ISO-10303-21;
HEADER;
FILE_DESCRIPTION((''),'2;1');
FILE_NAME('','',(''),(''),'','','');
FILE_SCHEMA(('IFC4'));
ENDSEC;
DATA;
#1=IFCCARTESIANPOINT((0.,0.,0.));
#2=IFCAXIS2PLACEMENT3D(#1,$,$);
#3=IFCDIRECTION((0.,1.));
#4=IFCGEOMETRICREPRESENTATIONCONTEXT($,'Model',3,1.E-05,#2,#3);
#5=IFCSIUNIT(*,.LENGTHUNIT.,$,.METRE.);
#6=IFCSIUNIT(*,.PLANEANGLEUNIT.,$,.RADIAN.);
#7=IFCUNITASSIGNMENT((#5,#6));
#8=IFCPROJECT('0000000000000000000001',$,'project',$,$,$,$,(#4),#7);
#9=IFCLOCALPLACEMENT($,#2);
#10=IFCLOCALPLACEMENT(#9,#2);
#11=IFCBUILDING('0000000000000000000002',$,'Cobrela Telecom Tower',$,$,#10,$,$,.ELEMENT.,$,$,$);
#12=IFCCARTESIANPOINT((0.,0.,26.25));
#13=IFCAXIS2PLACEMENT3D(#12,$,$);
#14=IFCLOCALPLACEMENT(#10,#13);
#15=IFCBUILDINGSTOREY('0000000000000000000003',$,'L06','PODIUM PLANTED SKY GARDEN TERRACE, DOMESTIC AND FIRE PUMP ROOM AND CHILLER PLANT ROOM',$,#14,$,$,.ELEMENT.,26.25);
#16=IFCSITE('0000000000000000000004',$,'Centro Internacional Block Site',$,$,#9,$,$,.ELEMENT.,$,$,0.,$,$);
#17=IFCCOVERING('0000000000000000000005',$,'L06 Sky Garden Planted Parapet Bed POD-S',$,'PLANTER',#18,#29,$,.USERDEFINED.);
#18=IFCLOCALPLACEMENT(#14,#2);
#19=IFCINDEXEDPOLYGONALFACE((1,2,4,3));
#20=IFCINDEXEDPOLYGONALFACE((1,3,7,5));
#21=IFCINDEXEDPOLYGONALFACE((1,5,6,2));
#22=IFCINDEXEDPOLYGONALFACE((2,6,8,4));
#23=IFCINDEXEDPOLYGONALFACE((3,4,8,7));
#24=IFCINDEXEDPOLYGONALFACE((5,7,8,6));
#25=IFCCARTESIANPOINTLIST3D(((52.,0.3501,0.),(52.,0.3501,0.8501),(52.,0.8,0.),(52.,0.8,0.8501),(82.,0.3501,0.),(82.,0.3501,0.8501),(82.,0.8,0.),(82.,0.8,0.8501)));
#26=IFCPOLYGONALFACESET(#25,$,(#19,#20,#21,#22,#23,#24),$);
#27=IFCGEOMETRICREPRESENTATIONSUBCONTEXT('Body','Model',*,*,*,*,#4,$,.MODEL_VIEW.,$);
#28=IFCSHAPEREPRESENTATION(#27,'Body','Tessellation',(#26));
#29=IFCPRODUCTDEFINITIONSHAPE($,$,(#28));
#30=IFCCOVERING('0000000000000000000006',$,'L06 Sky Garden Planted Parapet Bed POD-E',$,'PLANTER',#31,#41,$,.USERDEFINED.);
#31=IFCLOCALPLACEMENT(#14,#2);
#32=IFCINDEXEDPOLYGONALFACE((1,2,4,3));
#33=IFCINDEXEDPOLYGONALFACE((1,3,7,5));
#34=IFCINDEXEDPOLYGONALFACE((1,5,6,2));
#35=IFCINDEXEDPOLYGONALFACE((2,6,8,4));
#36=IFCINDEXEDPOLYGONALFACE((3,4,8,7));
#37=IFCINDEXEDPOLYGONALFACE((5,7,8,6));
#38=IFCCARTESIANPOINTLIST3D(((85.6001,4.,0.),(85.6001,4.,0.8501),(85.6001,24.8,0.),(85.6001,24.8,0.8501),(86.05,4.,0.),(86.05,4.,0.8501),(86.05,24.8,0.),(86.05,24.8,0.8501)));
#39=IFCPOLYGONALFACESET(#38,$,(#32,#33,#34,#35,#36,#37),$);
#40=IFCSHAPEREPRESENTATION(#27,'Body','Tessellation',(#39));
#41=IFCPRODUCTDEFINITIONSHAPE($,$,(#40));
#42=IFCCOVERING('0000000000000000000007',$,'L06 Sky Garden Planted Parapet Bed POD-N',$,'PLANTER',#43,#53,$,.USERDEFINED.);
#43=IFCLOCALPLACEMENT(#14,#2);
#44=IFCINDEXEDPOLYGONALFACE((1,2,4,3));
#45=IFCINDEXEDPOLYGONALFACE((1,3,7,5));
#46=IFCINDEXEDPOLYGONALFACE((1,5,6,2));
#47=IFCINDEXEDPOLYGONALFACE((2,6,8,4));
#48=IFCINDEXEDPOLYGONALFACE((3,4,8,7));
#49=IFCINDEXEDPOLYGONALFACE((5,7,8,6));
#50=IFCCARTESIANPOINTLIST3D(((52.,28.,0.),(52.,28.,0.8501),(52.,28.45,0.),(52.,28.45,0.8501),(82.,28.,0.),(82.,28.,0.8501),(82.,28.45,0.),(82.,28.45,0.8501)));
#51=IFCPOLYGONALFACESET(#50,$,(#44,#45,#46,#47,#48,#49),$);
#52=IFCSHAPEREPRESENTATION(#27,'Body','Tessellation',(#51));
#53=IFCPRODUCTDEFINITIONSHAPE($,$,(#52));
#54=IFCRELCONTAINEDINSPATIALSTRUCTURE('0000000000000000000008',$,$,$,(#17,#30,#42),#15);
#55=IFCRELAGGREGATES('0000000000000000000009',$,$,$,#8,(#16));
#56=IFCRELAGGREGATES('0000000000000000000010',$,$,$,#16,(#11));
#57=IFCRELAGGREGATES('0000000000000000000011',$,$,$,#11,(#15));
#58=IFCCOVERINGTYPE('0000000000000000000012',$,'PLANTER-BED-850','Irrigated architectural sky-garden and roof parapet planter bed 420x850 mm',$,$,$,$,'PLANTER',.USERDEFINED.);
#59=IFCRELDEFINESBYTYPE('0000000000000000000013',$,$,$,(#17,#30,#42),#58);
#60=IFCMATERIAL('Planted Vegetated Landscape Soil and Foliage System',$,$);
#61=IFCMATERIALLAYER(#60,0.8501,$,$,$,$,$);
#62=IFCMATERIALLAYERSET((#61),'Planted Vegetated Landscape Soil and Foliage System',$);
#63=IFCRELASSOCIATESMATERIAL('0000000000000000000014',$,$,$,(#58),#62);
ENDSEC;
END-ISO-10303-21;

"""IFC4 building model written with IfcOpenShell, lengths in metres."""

from ifc_helpers import new_model, si_unit, direction, frame, origin, place, context, subcontext, project, spatial, polyline, outline, extrude, material, layer, layer_set, type_object, element, save


model = new_model("IFC4")

# Units and contexts
model_context = context("Model", 3, precision=1e-05, world=origin(), true_north=direction((0.0, 1.0)))
body_context = subcontext(model_context, "Body", "Model", "MODEL_VIEW")
ifc_project = project(units=[si_unit("LENGTHUNIT", "METRE"), si_unit("PLANEANGLEUNIT", "RADIAN")], contexts=[model_context])

# Site, building, storey
site_placement = place(None, origin())
site = spatial("IfcSite", under=ifc_project, at=site_placement, Name="Centro Internacional Block Site", CompositionType="ELEMENT", RefElevation=0.0)
building_placement = place(site_placement, origin())
building = spatial("IfcBuilding", under=site, at=building_placement, Name="Cobrela Telecom Tower", CompositionType="ELEMENT")
storey_placement = place(building_placement, frame((0.0, 0.0, 26.25)))
storey = spatial("IfcBuildingStorey", under=building, at=storey_placement, Name="L06", Description="PODIUM PLANTED SKY GARDEN TERRACE, DOMESTIC AND FIRE PUMP ROOM AND CHILLER PLANT ROOM", CompositionType="ELEMENT", Elevation=26.25)

# Coverings
ifc_material_1 = material(Name="Planted Vegetated Landscape Soil and Foliage System")
ifc_layer_1 = layer(ifc_material_1, 0.8501)
ifc_layer_set_1 = layer_set([ifc_layer_1], Name="Planted Vegetated Landscape Soil and Foliage System")
covering_type_1 = type_object("IfcCoveringType", Name="PLANTER-BED-850", Description="Irrigated architectural sky-garden and roof parapet planter bed 420x850 mm", ElementType="PLANTER", PredefinedType="USERDEFINED", material=ifc_layer_set_1)
covering_1_placement = place(storey_placement, origin())
element("IfcCovering", 1, at=covering_1_placement, inside=storey, type_object=covering_type_1, Name="L06 Sky Garden Planted Parapet Bed POD-S", ObjectType="PLANTER", PredefinedType="USERDEFINED", context=body_context, shape_type="SweptSolid", body=[
    extrude(outline(polyline([(52.0, 0.3501), (82.0, 0.3501), (82.0, 0.8), (52.0, 0.8), (52.0, 0.3501)])), origin(), (0.0, 0.0, 1.0), 0.8501),
])
covering_2_placement = place(storey_placement, origin())
element("IfcCovering", 2, at=covering_2_placement, inside=storey, type_object=covering_type_1, Name="L06 Sky Garden Planted Parapet Bed POD-E", ObjectType="PLANTER", PredefinedType="USERDEFINED", context=body_context, shape_type="SweptSolid", body=[
    extrude(outline(polyline([(85.6001, 4.0), (86.05, 4.0), (86.05, 24.8), (85.6001, 24.8), (85.6001, 4.0)])), origin(), (0.0, 0.0, 1.0), 0.8501),
])
covering_3_placement = place(storey_placement, origin())
element("IfcCovering", 3, at=covering_3_placement, inside=storey, type_object=covering_type_1, Name="L06 Sky Garden Planted Parapet Bed POD-N", ObjectType="PLANTER", PredefinedType="USERDEFINED", context=body_context, shape_type="SweptSolid", body=[
    extrude(outline(polyline([(52.0, 28.0), (82.0, 28.0), (82.0, 28.45), (52.0, 28.45), (52.0, 28.0)])), origin(), (0.0, 0.0, 1.0), 0.8501),
])

save(model, "model.ifc")
